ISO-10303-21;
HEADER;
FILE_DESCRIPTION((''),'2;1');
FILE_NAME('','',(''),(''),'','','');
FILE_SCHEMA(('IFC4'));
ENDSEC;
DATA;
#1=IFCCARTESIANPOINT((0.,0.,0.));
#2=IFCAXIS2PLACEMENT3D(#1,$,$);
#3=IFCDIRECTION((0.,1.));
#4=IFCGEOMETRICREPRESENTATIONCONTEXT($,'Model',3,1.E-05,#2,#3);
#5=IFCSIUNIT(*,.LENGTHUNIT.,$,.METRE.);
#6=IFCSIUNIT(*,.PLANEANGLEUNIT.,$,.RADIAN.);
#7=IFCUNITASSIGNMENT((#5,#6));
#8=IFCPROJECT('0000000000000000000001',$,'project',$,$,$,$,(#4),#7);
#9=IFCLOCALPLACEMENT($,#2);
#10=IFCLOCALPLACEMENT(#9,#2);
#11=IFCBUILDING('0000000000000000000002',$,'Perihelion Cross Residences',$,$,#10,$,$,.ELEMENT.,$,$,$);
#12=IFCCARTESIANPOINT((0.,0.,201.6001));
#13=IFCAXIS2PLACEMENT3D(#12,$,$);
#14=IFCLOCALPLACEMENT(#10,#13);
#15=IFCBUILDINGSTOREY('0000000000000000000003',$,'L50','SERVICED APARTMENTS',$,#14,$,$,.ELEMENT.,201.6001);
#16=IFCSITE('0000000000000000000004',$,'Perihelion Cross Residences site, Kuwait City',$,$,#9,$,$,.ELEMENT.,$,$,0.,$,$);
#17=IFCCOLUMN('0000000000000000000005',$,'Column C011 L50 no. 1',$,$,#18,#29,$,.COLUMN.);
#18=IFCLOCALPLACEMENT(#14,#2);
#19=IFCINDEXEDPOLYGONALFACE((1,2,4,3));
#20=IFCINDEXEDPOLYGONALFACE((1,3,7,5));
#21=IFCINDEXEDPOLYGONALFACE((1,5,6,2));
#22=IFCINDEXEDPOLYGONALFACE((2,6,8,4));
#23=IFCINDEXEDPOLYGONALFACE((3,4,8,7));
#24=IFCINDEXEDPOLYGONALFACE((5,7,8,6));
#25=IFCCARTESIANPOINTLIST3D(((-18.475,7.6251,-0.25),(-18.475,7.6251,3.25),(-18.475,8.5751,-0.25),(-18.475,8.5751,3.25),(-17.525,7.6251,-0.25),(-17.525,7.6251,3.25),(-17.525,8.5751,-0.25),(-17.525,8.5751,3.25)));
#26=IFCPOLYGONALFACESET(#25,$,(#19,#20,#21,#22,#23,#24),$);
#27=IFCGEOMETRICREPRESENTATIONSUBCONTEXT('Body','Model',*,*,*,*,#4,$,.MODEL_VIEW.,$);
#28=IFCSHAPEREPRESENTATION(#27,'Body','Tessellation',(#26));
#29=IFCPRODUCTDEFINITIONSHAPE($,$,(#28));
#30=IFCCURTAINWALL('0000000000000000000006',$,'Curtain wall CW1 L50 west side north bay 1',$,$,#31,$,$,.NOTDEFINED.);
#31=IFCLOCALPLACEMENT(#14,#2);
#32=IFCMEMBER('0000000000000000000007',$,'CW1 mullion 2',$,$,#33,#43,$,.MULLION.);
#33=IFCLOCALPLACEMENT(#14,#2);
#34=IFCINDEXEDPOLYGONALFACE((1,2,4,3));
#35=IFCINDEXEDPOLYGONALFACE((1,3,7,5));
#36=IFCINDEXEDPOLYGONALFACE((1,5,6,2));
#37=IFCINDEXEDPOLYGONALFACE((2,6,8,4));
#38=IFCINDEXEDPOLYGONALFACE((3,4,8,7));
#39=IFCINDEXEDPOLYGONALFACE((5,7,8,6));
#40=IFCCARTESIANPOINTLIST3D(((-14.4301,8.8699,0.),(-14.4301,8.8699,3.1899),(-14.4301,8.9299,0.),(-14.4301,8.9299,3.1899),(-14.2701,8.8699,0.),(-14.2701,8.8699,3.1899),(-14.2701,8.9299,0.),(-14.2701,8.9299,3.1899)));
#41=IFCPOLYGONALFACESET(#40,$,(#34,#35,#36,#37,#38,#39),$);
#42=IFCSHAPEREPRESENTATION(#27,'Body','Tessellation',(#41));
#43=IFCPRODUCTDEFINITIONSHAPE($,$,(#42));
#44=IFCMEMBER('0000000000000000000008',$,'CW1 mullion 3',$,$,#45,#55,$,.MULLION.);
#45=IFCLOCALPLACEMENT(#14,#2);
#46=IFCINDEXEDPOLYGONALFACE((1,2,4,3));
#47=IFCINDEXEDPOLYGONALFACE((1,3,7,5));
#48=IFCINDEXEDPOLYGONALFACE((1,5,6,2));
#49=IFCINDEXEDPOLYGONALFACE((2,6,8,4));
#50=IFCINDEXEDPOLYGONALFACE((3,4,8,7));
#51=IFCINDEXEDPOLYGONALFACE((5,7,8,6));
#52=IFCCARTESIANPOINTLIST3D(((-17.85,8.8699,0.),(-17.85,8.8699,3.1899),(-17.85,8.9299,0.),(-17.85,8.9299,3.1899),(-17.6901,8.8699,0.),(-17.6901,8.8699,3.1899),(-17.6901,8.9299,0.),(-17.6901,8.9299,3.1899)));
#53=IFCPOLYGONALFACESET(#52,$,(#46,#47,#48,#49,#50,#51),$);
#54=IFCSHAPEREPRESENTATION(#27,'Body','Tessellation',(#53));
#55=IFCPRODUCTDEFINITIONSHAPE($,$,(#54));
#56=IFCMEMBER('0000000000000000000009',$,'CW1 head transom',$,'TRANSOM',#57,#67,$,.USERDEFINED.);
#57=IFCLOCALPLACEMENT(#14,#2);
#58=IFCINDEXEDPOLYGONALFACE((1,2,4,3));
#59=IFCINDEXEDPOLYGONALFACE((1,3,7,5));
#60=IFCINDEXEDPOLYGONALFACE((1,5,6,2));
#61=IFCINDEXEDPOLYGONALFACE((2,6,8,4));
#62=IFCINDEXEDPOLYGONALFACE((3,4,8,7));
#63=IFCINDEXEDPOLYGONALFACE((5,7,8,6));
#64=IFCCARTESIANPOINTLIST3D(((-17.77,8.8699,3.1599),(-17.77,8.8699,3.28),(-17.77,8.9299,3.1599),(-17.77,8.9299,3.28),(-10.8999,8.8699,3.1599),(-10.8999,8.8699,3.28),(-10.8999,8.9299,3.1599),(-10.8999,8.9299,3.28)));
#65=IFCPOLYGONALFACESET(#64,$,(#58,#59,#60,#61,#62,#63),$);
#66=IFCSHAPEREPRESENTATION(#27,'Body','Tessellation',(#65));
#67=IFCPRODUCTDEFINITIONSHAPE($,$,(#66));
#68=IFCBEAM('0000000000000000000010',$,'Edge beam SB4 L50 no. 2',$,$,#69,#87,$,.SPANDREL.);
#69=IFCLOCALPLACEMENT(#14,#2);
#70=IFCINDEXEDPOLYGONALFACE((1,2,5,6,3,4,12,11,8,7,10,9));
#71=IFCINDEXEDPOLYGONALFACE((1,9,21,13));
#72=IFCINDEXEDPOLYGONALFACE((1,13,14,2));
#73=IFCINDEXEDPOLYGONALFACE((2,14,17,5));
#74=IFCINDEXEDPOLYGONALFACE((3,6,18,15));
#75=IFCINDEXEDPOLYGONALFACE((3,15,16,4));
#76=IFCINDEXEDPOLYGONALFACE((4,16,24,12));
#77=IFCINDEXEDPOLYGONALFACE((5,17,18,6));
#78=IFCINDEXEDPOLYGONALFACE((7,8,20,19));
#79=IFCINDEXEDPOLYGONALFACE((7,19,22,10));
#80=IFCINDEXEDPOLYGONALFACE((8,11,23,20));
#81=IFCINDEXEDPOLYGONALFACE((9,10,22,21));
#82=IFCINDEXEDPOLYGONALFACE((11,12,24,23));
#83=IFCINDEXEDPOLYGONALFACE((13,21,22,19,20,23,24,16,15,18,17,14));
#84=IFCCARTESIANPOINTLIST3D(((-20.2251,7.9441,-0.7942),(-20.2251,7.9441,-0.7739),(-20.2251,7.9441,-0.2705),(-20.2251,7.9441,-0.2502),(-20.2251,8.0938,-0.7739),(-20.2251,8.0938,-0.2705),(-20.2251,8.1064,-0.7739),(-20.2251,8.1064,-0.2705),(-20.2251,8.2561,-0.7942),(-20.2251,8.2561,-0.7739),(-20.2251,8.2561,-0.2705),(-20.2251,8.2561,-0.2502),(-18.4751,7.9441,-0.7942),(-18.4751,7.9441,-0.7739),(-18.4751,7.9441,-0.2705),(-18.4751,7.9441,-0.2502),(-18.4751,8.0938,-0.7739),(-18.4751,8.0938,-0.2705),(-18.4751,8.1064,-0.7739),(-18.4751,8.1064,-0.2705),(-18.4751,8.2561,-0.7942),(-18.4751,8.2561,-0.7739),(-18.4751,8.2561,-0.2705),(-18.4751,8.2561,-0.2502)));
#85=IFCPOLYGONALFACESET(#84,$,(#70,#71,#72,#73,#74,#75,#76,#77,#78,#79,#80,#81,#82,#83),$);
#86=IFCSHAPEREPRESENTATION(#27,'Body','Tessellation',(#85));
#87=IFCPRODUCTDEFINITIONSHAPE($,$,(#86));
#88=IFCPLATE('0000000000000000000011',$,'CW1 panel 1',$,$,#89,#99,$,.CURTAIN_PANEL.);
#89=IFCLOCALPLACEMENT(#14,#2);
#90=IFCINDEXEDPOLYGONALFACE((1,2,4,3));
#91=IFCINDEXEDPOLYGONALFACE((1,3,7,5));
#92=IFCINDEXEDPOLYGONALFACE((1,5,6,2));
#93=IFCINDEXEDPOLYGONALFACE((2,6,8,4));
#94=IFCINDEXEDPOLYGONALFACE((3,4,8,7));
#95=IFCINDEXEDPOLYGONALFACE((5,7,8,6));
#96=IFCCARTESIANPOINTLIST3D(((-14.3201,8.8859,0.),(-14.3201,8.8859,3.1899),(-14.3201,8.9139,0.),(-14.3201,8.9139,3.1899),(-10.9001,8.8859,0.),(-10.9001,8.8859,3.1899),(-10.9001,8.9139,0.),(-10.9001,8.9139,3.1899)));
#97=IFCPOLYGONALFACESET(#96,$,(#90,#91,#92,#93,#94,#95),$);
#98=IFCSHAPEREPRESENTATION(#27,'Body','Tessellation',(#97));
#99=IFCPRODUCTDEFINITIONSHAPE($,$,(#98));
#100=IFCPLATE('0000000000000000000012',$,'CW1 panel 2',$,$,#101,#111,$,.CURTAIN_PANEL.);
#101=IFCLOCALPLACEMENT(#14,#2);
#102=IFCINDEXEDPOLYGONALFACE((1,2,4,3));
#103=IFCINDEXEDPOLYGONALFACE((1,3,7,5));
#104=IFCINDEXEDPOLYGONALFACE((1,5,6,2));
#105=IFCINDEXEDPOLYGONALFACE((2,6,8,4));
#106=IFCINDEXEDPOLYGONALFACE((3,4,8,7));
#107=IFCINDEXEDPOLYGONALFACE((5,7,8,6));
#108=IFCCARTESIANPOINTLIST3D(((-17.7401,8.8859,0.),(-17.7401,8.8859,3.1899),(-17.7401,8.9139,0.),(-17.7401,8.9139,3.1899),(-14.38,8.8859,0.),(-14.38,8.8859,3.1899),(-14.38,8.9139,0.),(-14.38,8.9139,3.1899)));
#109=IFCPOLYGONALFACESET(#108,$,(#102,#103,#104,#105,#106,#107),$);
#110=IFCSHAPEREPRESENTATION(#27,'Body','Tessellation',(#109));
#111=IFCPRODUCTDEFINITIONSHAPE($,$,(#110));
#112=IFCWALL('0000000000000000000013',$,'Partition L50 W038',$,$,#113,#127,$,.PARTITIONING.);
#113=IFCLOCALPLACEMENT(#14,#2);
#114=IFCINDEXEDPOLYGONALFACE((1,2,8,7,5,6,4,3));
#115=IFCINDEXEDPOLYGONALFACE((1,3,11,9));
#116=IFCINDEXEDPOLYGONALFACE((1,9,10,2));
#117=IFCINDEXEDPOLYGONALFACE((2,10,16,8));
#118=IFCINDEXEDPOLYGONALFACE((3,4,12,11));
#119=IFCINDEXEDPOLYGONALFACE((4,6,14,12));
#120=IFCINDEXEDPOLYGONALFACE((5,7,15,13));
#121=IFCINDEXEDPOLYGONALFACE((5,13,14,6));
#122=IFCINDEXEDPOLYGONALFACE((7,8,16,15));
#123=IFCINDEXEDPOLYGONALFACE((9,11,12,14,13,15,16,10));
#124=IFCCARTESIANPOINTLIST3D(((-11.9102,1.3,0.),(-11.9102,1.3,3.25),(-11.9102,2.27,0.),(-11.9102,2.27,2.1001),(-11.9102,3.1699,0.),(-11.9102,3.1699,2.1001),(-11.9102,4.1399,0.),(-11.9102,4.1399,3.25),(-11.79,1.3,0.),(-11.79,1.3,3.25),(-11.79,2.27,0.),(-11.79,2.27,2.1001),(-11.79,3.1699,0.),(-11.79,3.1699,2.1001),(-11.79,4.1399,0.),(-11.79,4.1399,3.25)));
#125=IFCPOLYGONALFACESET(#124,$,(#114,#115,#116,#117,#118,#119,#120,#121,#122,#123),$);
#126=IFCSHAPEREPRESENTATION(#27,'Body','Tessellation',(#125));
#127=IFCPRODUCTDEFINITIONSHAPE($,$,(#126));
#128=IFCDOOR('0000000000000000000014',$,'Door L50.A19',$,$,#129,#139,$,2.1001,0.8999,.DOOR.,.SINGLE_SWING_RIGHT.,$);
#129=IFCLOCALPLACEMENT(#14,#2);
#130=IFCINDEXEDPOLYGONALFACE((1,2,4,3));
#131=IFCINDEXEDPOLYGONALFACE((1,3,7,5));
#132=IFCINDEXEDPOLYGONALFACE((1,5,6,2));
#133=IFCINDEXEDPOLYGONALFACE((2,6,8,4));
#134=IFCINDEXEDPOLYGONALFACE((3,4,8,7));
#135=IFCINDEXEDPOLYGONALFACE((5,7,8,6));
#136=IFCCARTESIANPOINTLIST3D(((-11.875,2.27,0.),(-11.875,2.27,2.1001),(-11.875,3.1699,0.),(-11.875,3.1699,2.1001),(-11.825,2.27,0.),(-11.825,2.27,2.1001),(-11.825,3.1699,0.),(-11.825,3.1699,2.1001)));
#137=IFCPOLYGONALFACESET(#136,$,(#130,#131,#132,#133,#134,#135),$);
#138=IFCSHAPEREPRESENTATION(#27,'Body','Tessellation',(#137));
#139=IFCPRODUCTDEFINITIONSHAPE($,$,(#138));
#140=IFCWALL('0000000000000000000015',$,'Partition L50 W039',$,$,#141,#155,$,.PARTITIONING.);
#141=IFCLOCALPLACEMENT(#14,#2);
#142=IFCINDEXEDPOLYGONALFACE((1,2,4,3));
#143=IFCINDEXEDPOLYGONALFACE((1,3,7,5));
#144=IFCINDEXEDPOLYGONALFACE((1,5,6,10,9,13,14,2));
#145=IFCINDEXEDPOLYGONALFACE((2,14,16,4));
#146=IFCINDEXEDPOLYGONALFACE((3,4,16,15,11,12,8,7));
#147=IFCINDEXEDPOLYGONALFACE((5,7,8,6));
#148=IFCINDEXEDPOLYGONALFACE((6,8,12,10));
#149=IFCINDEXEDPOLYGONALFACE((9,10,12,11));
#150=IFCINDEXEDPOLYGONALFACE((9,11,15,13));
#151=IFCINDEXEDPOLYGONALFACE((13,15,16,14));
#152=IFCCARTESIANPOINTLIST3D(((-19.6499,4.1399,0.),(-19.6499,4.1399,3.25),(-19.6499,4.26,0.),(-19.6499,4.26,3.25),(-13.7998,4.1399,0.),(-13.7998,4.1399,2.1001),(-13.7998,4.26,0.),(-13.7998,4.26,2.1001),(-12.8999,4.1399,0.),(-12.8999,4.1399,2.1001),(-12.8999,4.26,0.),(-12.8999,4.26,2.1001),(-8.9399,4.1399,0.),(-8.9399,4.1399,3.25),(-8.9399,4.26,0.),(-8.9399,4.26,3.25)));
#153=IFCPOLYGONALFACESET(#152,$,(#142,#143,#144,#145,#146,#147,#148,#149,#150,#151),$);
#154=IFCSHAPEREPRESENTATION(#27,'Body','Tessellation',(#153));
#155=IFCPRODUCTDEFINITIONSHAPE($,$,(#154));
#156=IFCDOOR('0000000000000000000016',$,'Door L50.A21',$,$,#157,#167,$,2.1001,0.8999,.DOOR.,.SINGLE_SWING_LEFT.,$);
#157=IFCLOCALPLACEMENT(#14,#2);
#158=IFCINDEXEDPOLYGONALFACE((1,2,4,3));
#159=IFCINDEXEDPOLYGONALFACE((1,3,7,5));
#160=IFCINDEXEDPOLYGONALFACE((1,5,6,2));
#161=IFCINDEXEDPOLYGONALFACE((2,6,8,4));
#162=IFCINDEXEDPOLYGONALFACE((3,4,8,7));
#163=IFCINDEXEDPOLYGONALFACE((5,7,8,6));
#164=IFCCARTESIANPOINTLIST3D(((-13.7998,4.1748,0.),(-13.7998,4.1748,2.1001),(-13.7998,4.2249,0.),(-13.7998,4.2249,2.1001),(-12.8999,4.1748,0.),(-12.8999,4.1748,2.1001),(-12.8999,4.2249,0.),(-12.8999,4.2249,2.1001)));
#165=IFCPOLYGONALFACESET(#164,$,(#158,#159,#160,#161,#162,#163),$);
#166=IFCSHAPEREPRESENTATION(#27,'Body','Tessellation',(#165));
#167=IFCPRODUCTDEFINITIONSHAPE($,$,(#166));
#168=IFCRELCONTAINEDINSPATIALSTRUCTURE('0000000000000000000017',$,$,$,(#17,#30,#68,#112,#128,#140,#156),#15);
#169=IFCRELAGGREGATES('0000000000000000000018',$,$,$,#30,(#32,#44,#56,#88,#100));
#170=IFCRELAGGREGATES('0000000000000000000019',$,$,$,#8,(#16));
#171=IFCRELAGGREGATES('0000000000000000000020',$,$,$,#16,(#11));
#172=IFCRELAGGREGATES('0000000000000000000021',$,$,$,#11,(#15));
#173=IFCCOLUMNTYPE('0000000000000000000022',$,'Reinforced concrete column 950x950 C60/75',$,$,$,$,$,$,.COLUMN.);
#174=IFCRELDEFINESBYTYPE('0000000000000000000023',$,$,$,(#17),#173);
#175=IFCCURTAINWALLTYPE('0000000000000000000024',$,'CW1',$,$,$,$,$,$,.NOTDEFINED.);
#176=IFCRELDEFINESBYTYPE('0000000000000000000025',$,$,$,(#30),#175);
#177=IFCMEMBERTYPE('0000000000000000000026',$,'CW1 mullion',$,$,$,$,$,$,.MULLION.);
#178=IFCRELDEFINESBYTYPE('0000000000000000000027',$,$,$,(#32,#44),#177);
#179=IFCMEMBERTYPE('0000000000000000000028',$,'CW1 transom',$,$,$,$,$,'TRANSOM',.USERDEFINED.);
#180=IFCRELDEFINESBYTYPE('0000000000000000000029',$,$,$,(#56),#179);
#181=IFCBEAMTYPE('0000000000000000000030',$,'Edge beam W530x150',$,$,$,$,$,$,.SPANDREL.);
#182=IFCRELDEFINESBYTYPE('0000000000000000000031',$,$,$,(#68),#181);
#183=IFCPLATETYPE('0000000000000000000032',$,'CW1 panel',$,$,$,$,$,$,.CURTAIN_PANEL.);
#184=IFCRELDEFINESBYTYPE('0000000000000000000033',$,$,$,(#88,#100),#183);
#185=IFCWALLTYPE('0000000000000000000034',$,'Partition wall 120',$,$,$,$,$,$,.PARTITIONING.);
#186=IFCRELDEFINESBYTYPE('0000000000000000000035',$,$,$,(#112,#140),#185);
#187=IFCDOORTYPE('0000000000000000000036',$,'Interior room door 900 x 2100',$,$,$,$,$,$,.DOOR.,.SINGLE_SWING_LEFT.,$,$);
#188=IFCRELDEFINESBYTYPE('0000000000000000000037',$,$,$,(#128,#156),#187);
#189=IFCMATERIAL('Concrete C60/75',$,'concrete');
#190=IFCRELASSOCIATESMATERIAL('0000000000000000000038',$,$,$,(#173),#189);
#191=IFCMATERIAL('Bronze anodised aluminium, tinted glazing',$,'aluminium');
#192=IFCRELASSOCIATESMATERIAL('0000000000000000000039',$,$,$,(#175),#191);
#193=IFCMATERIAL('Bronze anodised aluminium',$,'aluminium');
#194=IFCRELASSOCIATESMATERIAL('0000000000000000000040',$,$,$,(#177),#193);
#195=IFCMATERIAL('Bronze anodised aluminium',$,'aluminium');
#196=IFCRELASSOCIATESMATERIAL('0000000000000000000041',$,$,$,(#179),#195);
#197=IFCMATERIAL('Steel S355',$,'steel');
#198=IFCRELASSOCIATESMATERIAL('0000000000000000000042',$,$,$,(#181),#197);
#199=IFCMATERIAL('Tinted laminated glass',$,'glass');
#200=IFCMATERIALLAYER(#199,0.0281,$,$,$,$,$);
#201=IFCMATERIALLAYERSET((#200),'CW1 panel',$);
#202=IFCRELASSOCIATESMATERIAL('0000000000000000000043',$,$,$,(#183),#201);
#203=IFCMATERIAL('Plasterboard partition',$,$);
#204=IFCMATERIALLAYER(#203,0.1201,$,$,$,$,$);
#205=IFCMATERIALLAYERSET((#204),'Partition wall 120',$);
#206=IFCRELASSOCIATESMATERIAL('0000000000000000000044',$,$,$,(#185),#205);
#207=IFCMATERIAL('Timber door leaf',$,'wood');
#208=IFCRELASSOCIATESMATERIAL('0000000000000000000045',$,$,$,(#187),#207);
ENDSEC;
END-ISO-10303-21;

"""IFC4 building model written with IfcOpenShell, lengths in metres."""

from ifc_helpers import new_model, si_unit, direction, frame, frame_2d, origin, origin_2d, place, context, subcontext, project, spatial, rectangle, i_section, extrude, material, layer, layer_set, material_profile, profile_set, type_object, element, fill, aggregate, save


model = new_model("IFC4")

# Units and contexts
model_context = context("Model", 3, precision=1e-05, world=origin(), true_north=direction((0.0, 1.0)))
body_context = subcontext(model_context, "Body", "Model", "MODEL_VIEW")
ifc_project = project(units=[si_unit("LENGTHUNIT", "METRE"), si_unit("PLANEANGLEUNIT", "RADIAN")], contexts=[model_context])

# Site, building, storey
site_placement = place(None, origin())
site = spatial("IfcSite", under=ifc_project, at=site_placement, Name="Perihelion Cross Residences site, Kuwait City", CompositionType="ELEMENT", RefElevation=0.0)
building_placement = place(site_placement, origin())
building = spatial("IfcBuilding", under=site, at=building_placement, Name="Perihelion Cross Residences", CompositionType="ELEMENT")
storey_placement = place(building_placement, frame((0.0, 0.0, 201.6001)))
storey = spatial("IfcBuildingStorey", under=building, at=storey_placement, Name="L50", Description="SERVICED APARTMENTS", CompositionType="ELEMENT", Elevation=201.6001)

# Column
ifc_material_1 = material(Name="Concrete C60/75", Category="concrete")
ifc_material_profile_1 = material_profile(ifc_material_1, rectangle(XDim=0.95, YDim=0.95, at=origin_2d()), Name="RC 950x950")
ifc_profile_set_1 = profile_set([ifc_material_profile_1], Name="Concrete C60/75")
column_type = type_object("IfcColumnType", Name="Reinforced concrete column 950x950 C60/75", PredefinedType="COLUMN", material=ifc_profile_set_1)
column_placement = place(storey_placement, frame((-18.0, 8.1001, -0.25), z_axis=(0.0, 0.0, 1.0), x_axis=(1.0, 0.0, 0.0)))
element("IfcColumn", 1, at=column_placement, inside=storey, type_object=column_type, Name="Column C011 L50 no. 1", PredefinedType="COLUMN", context=body_context, shape_type="SweptSolid", body=[
    extrude(rectangle(XDim=0.95, YDim=0.95, at=origin_2d()), origin(), (0.0, 0.0, 1.0), 3.5),
])

# Curtain wall, members
ifc_material_2 = material(Name="Bronze anodised aluminium, tinted glazing", Category="aluminium")
curtain_wall_type = type_object("IfcCurtainWallType", Name="CW1", PredefinedType="NOTDEFINED", material=ifc_material_2)
curtain_wall_placement = place(storey_placement, origin())
curtain_wall = element("IfcCurtainWall", 2, at=curtain_wall_placement, inside=storey, type_object=curtain_wall_type, Name="Curtain wall CW1 L50 west side north bay 1", PredefinedType="NOTDEFINED")
ifc_material_3 = material(Name="Bronze anodised aluminium", Category="aluminium")
ifc_material_profile_2 = material_profile(ifc_material_3, rectangle(XDim=0.0601, YDim=0.1599, at=origin_2d()), Name="CW1 mullion")
ifc_profile_set_2 = profile_set([ifc_material_profile_2], Name="Bronze anodised aluminium")
member_type_1 = type_object("IfcMemberType", Name="CW1 mullion", PredefinedType="MULLION", material=ifc_profile_set_2)
member_1_placement = place(storey_placement, frame((-14.3501, 8.8999, 0.0), z_axis=(0.0, 0.0, 1.0), x_axis=(0.0, -1.0, 0.0)))
member_1 = element("IfcMember", 3, at=member_1_placement, type_object=member_type_1, Name="CW1 mullion 2", PredefinedType="MULLION", context=body_context, shape_type="SweptSolid", body=[
    extrude(rectangle(XDim=0.0601, YDim=0.1599, at=origin_2d()), origin(), (0.0, 0.0, 1.0), 3.1899),
])
member_2_placement = place(storey_placement, frame((-17.77, 8.8999, 0.0), z_axis=(0.0, 0.0, 1.0), x_axis=(0.0, -1.0, 0.0)))
member_2 = element("IfcMember", 4, at=member_2_placement, type_object=member_type_1, Name="CW1 mullion 3", PredefinedType="MULLION", context=body_context, shape_type="SweptSolid", body=[
    extrude(rectangle(XDim=0.0601, YDim=0.1599, at=origin_2d()), origin(), (0.0, 0.0, 1.0), 3.1899),
])
ifc_material_4 = material(Name="Bronze anodised aluminium", Category="aluminium")
ifc_material_profile_3 = material_profile(ifc_material_4, rectangle(XDim=0.0601, YDim=0.1201, at=origin_2d()), Name="CW1 transom")
ifc_profile_set_3 = profile_set([ifc_material_profile_3], Name="Bronze anodised aluminium")
member_type_2 = type_object("IfcMemberType", Name="CW1 transom", ElementType="TRANSOM", PredefinedType="USERDEFINED", material=ifc_profile_set_3)
member_3_placement = place(storey_placement, frame((-10.8999, 8.8999, 3.22), z_axis=(-1.0, 0.0, 0.0), x_axis=(0.0, -1.0, 0.0)))
member_3 = element("IfcMember", 5, at=member_3_placement, type_object=member_type_2, Name="CW1 head transom", ObjectType="TRANSOM", PredefinedType="USERDEFINED", context=body_context, shape_type="SweptSolid", body=[
    extrude(rectangle(XDim=0.0601, YDim=0.1201, at=origin_2d()), origin(), (0.0, 0.0, 1.0), 6.8701),
])

# Beam
ifc_material_5 = material(Name="Steel S355", Category="steel")
ifc_material_profile_4 = material_profile(ifc_material_5, i_section(OverallWidth=0.312, OverallDepth=0.5439, WebThickness=0.0127, FlangeThickness=0.0203, at=origin_2d()), Name="W530x150")
ifc_profile_set_4 = profile_set([ifc_material_profile_4], Name="Steel S355")
beam_type = type_object("IfcBeamType", Name="Edge beam W530x150", PredefinedType="SPANDREL", material=ifc_profile_set_4)
beam_placement = place(storey_placement, frame((-18.4751, 8.1001, -0.5222), z_axis=(-1.0, 0.0, 0.0), x_axis=(0.0, -1.0, 0.0)))
element("IfcBeam", 6, at=beam_placement, inside=storey, type_object=beam_type, Name="Edge beam SB4 L50 no. 2", PredefinedType="SPANDREL", context=body_context, shape_type="SweptSolid", body=[
    extrude(i_section(OverallWidth=0.312, OverallDepth=0.5439, WebThickness=0.0127, FlangeThickness=0.0203, at=origin_2d()), origin(), (0.0, 0.0, 1.0), 1.75),
])

# Plates
ifc_material_6 = material(Name="Tinted laminated glass", Category="glass")
ifc_layer_1 = layer(ifc_material_6, 0.0281)
ifc_layer_set_1 = layer_set([ifc_layer_1], Name="CW1 panel")
plate_type = type_object("IfcPlateType", Name="CW1 panel", PredefinedType="CURTAIN_PANEL", material=ifc_layer_set_1)
plate_1_placement = place(storey_placement, frame((-12.6101, 8.8999, 0.0), z_axis=(0.0, 0.0, 1.0), x_axis=(-1.0, 0.0, 0.0)))
plate_1 = element("IfcPlate", 7, at=plate_1_placement, type_object=plate_type, Name="CW1 panel 1", PredefinedType="CURTAIN_PANEL", context=body_context, shape_type="SweptSolid", body=[
    extrude(rectangle(XDim=3.4199, YDim=0.0281, at=origin_2d()), origin(), (0.0, 0.0, 1.0), 3.1899),
])
plate_2_placement = place(storey_placement, frame((-16.0601, 8.8999, 0.0), z_axis=(0.0, 0.0, 1.0), x_axis=(-1.0, 0.0, 0.0)))
plate_2 = element("IfcPlate", 8, at=plate_2_placement, type_object=plate_type, Name="CW1 panel 2", PredefinedType="CURTAIN_PANEL", context=body_context, shape_type="SweptSolid", body=[
    extrude(rectangle(XDim=3.3601, YDim=0.0281, at=origin_2d()), origin(), (0.0, 0.0, 1.0), 3.1899),
])
aggregate(curtain_wall, [member_1, member_2, member_3, plate_1, plate_2])

# Walls, openings, doors
ifc_material_7 = material(Name="Plasterboard partition")
ifc_layer_2 = layer(ifc_material_7, 0.1201)
ifc_layer_set_2 = layer_set([ifc_layer_2], Name="Partition wall 120")
wall_type_1 = type_object("IfcWallType", Name="Partition wall 120", PredefinedType="PARTITIONING", material=ifc_layer_set_2)
wall_1_placement = place(storey_placement, frame((-11.8501, 1.3, 0.0), z_axis=(0.0, 0.0, 1.0), x_axis=(0.0, 1.0, 0.0)))
wall_1 = element("IfcWall", 9, at=wall_1_placement, inside=storey, type_object=wall_type_1, Name="Partition L50 W038", PredefinedType="PARTITIONING", context=body_context, shape_type="SweptSolid", body=[
    extrude(rectangle(XDim=2.8398, YDim=0.1201, at=frame_2d((1.4199, 0.0))), origin(), (0.0, 0.0, 1.0), 3.25),
])
opening_1_placement = place(wall_1_placement, frame((0.97, 0.0, 0.0)))
opening_1 = element("IfcOpeningElement", 10, at=opening_1_placement, cuts=wall_1, PredefinedType="OPENING", context=body_context, shape_type="SweptSolid", body=[
    extrude(rectangle(XDim=0.8999, YDim=2.1001, at=frame_2d((0.45, 1.05))), frame((0.0, 0.0701, 0.0), z_axis=(0.0, -1.0, 0.0), x_axis=(1.0, 0.0, 0.0)), (0.0, 0.0, 1.0), 0.1401),
])
ifc_material_8 = material(Name="Timber door leaf", Category="wood")
door_type_1 = type_object("IfcDoorType", Name="Interior room door 900 x 2100", OperationType="SINGLE_SWING_LEFT", PredefinedType="DOOR", material=ifc_material_8)
door_1_placement = place(opening_1_placement, origin())
door_1 = element("IfcDoor", 11, at=door_1_placement, inside=storey, type_object=door_type_1, Name="Door L50.A19", OperationType="SINGLE_SWING_RIGHT", OverallHeight=2.1001, OverallWidth=0.8999, PredefinedType="DOOR", context=body_context, shape_type="SweptSolid", body=[
    extrude(rectangle(XDim=0.8999, YDim=2.1001, at=frame_2d((0.45, 1.05))), frame((0.0, 0.0249, 0.0), z_axis=(0.0, -1.0, 0.0), x_axis=(1.0, 0.0, 0.0)), (0.0, 0.0, 1.0), 0.05),
])
fill(opening_1, door_1)
wall_2_placement = place(storey_placement, frame((-19.6499, 4.2, 0.0), z_axis=(0.0, 0.0, 1.0), x_axis=(1.0, 0.0, 0.0)))
wall_2 = element("IfcWall", 12, at=wall_2_placement, inside=storey, type_object=wall_type_1, Name="Partition L50 W039", PredefinedType="PARTITIONING", context=body_context, shape_type="SweptSolid", body=[
    extrude(rectangle(XDim=10.71, YDim=0.1201, at=frame_2d((5.355, 0.0))), origin(), (0.0, 0.0, 1.0), 3.25),
])
opening_2_placement = place(wall_2_placement, frame((5.8501, 0.0, 0.0)))
opening_2 = element("IfcOpeningElement", 13, at=opening_2_placement, cuts=wall_2, PredefinedType="OPENING", context=body_context, shape_type="SweptSolid", body=[
    extrude(rectangle(XDim=0.8999, YDim=2.1001, at=frame_2d((0.45, 1.05))), frame((0.0, 0.0701, 0.0), z_axis=(0.0, -1.0, 0.0), x_axis=(1.0, 0.0, 0.0)), (0.0, 0.0, 1.0), 0.1401),
])
door_2_placement = place(opening_2_placement, origin())
door_2 = element("IfcDoor", 14, at=door_2_placement, inside=storey, type_object=door_type_1, Name="Door L50.A21", OperationType="SINGLE_SWING_LEFT", OverallHeight=2.1001, OverallWidth=0.8999, PredefinedType="DOOR", context=body_context, shape_type="SweptSolid", body=[
    extrude(rectangle(XDim=0.8999, YDim=2.1001, at=frame_2d((0.45, 1.05))), frame((0.0, 0.0249, 0.0), z_axis=(0.0, -1.0, 0.0), x_axis=(1.0, 0.0, 0.0)), (0.0, 0.0, 1.0), 0.05),
])
fill(opening_2, door_2)

save(model, "model.ifc")
